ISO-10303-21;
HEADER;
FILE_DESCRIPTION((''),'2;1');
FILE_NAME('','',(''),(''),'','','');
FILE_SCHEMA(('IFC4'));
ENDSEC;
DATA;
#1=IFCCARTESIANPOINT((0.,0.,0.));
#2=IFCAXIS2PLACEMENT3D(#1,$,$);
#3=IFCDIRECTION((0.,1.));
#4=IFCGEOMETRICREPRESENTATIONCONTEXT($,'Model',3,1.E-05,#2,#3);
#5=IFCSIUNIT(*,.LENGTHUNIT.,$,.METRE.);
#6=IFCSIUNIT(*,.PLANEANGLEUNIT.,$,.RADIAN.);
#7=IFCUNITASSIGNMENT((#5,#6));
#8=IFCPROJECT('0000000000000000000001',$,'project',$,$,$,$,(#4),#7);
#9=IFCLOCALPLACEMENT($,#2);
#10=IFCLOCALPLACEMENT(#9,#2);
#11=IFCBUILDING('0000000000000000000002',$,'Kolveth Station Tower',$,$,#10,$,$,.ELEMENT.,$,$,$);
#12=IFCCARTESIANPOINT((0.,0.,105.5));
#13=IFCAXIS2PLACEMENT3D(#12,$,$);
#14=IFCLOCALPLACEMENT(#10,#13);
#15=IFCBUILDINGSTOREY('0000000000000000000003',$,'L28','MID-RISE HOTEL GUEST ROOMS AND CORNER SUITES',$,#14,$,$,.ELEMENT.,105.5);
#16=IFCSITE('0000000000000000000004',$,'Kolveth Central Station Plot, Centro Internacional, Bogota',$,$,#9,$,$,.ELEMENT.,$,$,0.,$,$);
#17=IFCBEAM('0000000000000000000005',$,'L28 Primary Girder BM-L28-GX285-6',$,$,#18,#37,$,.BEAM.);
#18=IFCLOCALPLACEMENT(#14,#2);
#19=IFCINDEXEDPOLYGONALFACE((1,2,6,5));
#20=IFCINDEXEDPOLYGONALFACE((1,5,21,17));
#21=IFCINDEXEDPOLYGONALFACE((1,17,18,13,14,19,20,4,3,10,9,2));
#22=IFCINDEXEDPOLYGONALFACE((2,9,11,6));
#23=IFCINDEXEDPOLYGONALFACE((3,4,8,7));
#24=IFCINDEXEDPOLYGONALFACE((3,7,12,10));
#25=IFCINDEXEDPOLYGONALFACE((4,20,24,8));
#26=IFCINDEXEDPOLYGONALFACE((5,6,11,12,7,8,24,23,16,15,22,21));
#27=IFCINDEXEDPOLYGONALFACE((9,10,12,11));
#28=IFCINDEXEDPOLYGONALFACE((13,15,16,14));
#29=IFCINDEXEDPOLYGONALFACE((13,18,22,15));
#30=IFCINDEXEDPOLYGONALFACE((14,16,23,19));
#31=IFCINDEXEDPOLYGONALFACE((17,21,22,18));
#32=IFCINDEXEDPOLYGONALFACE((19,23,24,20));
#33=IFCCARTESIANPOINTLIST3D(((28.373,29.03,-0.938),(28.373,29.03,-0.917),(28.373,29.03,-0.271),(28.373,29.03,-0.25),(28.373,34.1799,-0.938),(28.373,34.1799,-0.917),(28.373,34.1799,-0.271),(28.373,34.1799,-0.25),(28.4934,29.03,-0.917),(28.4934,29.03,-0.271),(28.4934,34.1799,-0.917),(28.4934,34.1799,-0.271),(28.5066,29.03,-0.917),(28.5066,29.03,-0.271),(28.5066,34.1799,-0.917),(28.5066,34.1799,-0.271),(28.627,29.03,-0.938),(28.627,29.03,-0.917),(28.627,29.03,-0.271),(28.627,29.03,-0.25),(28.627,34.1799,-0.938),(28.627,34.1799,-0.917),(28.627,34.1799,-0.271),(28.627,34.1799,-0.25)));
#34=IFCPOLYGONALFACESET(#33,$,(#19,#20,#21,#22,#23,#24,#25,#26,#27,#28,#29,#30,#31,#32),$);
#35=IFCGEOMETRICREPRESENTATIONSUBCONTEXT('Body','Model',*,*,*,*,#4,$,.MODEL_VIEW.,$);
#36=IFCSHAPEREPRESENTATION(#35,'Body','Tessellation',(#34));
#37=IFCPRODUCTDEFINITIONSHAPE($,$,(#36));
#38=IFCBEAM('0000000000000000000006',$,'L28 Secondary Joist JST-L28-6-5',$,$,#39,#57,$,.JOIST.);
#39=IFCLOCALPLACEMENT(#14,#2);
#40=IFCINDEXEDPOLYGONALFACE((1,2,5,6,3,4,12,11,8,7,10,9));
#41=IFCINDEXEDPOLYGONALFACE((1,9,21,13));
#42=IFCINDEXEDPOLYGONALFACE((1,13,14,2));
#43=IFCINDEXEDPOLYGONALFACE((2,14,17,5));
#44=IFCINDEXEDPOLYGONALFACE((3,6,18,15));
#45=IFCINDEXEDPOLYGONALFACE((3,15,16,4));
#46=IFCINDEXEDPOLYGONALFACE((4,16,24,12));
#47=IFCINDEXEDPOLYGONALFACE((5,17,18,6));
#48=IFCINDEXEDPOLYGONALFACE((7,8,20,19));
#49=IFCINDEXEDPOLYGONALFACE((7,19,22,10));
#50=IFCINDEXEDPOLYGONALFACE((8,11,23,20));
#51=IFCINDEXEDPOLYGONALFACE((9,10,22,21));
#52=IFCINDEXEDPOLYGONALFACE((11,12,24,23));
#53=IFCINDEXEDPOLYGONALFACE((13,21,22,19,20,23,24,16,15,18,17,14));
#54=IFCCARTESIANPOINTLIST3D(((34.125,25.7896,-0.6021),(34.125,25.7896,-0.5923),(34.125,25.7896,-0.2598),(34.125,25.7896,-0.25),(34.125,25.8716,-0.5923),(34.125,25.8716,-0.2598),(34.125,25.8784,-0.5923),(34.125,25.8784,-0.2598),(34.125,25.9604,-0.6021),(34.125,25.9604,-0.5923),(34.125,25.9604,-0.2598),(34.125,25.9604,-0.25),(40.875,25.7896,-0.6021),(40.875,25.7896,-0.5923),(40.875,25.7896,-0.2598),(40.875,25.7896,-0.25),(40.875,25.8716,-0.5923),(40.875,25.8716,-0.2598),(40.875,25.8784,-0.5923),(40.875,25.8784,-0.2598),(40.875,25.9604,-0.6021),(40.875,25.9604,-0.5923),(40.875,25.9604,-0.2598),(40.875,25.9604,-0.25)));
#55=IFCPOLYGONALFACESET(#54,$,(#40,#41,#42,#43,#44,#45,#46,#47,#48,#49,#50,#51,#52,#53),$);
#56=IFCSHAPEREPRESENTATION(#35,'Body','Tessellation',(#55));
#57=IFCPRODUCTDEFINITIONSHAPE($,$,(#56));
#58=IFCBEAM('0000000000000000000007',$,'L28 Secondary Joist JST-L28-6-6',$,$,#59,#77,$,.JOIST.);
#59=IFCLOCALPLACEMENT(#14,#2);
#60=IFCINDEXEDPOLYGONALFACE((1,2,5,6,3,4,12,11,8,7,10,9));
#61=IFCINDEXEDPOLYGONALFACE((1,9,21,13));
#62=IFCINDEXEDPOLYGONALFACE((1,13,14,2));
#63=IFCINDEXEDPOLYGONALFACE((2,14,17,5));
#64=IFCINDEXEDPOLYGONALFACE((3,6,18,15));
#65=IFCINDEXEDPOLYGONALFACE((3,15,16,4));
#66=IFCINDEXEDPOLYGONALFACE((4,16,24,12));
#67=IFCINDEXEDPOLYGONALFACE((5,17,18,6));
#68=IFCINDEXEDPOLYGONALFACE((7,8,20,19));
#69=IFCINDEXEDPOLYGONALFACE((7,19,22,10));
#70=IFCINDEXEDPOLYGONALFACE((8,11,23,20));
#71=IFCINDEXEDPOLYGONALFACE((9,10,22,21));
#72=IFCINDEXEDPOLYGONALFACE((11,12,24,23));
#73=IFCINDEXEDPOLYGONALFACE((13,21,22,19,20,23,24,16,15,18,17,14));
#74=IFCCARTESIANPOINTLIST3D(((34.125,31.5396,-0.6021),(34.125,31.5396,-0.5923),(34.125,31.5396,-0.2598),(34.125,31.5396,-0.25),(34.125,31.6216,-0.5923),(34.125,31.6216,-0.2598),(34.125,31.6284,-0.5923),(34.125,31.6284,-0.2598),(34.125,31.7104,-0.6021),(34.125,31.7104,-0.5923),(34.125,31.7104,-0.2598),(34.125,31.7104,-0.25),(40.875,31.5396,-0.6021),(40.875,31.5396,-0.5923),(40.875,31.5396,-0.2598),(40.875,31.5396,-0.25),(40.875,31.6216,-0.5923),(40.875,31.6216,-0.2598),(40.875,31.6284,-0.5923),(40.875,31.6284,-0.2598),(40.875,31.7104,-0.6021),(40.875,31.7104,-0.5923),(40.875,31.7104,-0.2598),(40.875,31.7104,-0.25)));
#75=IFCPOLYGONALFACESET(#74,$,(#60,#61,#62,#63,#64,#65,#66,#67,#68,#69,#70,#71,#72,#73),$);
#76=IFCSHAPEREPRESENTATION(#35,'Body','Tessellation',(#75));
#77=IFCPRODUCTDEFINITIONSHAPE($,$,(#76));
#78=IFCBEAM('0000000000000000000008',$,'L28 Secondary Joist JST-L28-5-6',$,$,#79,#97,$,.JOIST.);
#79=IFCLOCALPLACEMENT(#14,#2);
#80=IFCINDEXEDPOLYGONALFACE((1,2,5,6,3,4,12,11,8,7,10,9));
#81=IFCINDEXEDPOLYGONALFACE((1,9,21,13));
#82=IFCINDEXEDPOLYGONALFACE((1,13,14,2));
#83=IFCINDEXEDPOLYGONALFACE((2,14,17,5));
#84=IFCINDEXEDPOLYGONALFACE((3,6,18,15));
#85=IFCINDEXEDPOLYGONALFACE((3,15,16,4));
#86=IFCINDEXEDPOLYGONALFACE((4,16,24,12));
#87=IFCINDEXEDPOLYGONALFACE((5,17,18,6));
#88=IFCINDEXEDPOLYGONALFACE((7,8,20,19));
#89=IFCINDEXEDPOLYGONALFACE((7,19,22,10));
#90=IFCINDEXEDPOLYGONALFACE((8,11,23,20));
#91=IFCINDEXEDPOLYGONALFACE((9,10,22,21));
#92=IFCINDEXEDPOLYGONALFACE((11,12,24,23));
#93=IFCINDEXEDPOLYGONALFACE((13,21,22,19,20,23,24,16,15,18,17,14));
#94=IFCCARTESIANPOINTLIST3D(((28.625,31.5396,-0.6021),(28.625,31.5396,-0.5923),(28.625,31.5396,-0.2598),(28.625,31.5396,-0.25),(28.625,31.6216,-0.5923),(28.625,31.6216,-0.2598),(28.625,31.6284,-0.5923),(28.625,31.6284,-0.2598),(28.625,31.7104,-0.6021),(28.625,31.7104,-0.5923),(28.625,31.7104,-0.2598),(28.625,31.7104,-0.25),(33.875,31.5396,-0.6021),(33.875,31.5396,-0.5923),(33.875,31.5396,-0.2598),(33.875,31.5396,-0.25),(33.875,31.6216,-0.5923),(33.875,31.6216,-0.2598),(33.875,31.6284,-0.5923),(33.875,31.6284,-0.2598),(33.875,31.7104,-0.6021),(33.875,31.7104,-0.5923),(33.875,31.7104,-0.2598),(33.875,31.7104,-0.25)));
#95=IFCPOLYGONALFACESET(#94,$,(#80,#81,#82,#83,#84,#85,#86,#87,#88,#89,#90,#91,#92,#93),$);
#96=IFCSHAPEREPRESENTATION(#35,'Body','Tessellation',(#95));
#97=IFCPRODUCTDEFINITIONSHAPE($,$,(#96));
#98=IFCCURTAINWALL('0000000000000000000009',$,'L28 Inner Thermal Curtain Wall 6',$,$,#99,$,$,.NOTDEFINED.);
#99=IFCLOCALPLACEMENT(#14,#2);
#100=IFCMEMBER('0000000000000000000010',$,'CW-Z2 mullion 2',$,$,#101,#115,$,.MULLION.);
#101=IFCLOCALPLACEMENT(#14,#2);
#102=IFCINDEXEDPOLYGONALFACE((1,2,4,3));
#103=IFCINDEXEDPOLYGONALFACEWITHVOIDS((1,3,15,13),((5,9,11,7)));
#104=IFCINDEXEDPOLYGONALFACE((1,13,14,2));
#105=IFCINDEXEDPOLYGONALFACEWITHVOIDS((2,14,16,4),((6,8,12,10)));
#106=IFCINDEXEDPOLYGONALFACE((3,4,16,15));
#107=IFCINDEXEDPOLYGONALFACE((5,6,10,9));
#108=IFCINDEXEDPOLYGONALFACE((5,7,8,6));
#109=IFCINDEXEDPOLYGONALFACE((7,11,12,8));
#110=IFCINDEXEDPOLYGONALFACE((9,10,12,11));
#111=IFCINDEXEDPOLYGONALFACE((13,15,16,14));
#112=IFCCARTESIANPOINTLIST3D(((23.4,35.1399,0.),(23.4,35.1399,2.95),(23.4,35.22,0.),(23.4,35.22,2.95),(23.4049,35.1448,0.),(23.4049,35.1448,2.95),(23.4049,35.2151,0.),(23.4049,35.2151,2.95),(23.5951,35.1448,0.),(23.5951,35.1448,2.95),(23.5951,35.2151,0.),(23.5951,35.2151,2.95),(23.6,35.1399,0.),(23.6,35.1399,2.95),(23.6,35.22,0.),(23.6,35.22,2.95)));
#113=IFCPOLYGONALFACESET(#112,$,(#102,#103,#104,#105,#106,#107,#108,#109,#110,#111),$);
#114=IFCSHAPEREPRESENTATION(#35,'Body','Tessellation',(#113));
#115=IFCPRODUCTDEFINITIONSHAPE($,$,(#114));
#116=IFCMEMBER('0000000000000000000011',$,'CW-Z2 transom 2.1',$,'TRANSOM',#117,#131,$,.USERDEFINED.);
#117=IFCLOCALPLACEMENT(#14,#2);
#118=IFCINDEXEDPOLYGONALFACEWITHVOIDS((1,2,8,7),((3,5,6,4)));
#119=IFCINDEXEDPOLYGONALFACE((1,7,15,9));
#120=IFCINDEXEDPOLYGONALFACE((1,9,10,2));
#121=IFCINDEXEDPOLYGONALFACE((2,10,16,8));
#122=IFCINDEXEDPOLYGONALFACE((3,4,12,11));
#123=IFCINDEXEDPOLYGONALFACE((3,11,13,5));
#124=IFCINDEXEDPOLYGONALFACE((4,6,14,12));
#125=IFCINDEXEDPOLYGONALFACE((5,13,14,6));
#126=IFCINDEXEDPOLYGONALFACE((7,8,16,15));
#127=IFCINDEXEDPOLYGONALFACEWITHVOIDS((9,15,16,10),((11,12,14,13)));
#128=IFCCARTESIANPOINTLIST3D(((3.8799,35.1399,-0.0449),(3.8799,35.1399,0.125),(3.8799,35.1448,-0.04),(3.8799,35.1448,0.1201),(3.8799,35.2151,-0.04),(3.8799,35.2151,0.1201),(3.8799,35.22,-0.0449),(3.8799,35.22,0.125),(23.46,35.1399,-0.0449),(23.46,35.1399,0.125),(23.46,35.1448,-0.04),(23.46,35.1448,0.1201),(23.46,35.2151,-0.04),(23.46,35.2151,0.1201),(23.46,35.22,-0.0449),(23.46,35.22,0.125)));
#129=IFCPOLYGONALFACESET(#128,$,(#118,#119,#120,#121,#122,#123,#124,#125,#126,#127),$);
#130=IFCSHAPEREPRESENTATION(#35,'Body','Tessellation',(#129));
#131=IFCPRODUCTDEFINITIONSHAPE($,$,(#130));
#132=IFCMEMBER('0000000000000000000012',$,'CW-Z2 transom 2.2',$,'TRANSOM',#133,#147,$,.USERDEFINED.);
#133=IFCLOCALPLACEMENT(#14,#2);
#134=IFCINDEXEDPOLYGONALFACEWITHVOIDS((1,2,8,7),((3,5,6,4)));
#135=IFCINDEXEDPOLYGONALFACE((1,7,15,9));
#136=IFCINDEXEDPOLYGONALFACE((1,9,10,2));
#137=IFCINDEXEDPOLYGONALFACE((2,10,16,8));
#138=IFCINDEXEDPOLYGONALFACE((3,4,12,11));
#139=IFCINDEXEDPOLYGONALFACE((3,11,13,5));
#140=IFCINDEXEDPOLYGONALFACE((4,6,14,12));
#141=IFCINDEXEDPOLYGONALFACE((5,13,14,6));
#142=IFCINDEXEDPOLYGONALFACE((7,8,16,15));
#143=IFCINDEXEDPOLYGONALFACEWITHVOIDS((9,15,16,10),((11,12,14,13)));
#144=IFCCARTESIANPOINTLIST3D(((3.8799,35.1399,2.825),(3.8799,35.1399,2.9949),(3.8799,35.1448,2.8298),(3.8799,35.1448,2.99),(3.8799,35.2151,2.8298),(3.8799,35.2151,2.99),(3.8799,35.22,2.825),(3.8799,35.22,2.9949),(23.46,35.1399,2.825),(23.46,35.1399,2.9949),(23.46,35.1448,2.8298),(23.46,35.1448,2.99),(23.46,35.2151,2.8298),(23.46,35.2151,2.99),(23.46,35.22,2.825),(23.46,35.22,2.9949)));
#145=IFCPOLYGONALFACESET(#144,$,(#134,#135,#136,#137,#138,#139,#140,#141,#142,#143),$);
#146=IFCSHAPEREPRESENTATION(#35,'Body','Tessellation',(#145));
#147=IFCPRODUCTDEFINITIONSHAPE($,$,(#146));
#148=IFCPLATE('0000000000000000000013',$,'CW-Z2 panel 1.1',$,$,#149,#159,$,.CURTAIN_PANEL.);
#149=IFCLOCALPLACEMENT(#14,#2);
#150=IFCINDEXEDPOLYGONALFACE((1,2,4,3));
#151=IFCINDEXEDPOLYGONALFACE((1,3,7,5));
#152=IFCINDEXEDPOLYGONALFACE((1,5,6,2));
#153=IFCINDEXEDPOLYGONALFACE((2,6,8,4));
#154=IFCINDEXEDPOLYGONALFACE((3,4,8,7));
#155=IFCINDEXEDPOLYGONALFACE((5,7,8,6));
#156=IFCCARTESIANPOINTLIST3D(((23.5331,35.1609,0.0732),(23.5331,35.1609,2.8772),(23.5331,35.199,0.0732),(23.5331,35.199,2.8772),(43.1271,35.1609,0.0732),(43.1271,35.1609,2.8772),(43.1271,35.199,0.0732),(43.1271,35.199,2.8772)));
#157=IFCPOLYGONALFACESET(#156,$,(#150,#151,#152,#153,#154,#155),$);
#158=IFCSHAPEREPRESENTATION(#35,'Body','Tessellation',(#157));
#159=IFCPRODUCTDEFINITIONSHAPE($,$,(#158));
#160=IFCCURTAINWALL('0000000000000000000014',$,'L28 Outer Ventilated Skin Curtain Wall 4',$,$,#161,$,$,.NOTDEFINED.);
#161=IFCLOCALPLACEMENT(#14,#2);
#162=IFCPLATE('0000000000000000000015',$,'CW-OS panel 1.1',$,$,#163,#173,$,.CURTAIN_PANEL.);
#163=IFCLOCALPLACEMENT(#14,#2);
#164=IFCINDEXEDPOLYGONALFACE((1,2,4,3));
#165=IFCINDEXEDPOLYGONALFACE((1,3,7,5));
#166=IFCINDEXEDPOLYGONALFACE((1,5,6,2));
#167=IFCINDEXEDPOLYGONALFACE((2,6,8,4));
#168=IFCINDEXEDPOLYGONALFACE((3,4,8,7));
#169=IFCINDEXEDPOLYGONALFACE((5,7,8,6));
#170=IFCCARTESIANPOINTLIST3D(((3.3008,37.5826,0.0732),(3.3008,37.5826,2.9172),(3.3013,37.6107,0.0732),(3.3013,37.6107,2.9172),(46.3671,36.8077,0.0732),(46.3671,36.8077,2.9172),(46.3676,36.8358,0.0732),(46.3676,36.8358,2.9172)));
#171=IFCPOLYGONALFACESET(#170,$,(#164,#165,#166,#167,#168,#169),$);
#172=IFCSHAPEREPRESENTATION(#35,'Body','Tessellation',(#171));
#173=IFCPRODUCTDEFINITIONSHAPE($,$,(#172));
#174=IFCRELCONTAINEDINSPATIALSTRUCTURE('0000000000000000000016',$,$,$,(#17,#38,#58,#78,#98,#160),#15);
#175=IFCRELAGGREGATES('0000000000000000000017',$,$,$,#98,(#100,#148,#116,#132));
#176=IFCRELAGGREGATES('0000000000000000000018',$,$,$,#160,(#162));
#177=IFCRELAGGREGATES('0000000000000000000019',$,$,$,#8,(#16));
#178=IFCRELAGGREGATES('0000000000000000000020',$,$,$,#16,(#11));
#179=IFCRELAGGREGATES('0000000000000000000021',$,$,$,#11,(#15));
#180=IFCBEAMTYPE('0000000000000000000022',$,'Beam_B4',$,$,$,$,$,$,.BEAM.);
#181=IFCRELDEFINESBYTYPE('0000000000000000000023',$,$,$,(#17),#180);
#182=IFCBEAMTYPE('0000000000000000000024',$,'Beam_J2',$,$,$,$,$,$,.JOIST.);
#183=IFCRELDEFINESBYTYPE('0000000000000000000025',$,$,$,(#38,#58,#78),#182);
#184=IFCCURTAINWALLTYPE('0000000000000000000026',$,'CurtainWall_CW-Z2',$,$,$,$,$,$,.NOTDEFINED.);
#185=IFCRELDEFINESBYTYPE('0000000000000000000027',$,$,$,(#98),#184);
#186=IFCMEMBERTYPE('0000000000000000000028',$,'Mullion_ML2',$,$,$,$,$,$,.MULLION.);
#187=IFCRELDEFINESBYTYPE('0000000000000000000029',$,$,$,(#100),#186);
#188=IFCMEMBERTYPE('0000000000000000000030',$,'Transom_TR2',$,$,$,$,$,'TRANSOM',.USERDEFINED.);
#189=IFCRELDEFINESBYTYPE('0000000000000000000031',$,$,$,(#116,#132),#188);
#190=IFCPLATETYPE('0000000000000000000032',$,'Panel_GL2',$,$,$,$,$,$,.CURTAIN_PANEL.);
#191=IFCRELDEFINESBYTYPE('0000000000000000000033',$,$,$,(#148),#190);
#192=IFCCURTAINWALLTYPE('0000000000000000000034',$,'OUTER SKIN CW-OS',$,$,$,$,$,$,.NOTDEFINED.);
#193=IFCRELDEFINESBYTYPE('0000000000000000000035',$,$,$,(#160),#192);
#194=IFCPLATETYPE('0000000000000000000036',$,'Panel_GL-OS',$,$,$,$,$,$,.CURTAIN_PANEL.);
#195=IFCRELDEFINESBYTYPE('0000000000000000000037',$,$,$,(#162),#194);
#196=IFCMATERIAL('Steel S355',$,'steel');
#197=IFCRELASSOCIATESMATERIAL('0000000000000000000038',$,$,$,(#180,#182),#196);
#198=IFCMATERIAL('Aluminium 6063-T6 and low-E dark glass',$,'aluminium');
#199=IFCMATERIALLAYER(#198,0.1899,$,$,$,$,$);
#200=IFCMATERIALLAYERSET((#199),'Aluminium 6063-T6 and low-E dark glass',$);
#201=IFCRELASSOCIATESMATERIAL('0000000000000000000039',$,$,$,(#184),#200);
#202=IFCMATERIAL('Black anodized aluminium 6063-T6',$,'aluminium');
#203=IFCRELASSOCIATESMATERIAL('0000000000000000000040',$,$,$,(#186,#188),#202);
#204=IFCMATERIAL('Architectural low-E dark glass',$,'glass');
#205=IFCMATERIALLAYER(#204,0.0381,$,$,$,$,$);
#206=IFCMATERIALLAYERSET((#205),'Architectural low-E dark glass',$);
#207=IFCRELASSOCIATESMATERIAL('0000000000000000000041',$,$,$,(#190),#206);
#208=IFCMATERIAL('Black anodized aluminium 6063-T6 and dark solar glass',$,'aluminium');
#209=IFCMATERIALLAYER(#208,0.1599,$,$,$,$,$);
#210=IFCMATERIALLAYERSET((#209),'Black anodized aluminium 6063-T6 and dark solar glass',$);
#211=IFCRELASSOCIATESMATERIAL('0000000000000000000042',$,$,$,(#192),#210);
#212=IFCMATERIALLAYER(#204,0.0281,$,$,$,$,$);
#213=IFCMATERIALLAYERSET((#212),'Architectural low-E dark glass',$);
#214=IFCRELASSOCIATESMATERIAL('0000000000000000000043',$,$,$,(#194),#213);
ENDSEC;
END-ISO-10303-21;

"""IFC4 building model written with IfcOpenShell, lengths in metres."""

from ifc_helpers import new_model, si_unit, direction, frame, origin, origin_2d, place, context, subcontext, project, spatial, rectangle, hollow_rectangle, i_section, extrude, source, transform, mapped, material, layer, layer_set, material_profile, profile_set, type_object, element, aggregate, save


model = new_model("IFC4")

# Units and contexts
model_context = context("Model", 3, precision=1e-05, world=origin(), true_north=direction((0.0, 1.0)))
body_context = subcontext(model_context, "Body", "Model", "MODEL_VIEW")
ifc_project = project(units=[si_unit("LENGTHUNIT", "METRE"), si_unit("PLANEANGLEUNIT", "RADIAN")], contexts=[model_context])

# Site, building, storey
site_placement = place(None, origin())
site = spatial("IfcSite", under=ifc_project, at=site_placement, Name="Kolveth Central Station Plot, Centro Internacional, Bogota", CompositionType="ELEMENT", RefElevation=0.0)
building_placement = place(site_placement, origin())
building = spatial("IfcBuilding", under=site, at=building_placement, Name="Kolveth Station Tower", CompositionType="ELEMENT")
storey_placement = place(building_placement, frame((0.0, 0.0, 105.5)))
storey = spatial("IfcBuildingStorey", under=building, at=storey_placement, Name="L28", Description="MID-RISE HOTEL GUEST ROOMS AND CORNER SUITES", CompositionType="ELEMENT", Elevation=105.5)

# Shared definitions
ifc_material_1 = material(Name="Steel S355", Category="steel")

# Beams
ifc_material_profile_1 = material_profile(ifc_material_1, i_section(OverallWidth=0.2539, OverallDepth=0.688, WebThickness=0.0132, FlangeThickness=0.021, at=origin_2d()), Name="W690x152")
ifc_profile_set_1 = profile_set([ifc_material_profile_1], Name="Steel S355")
beam_type_1 = type_object("IfcBeamType", Name="Beam_B4", PredefinedType="BEAM", material=ifc_profile_set_1)
shared_shape_1 = source(origin(), body_context, "Body", "SweptSolid", [
    extrude(i_section(OverallWidth=0.2539, OverallDepth=0.688, WebThickness=0.0132, FlangeThickness=0.021, at=origin_2d()), origin(), (0.0, 0.0, 1.0), 5.1499),
])
beam_1_placement = place(storey_placement, frame((28.5, 29.03, -0.594), z_axis=(0.0, 1.0, 0.0), x_axis=(-1.0, 0.0, 0.0)))
element("IfcBeam", 1, at=beam_1_placement, inside=storey, type_object=beam_type_1, Name="L28 Primary Girder BM-L28-GX285-6", PredefinedType="BEAM", context=body_context, shape_type="MappedRepresentation", body=[
    mapped(shared_shape_1, transform((0.0, 0.0, 0.0), x_axis=(1.0, 0.0, 0.0), y_axis=(0.0, 1.0, 0.0), z_axis=(0.0, 0.0, 1.0), scale=1.0)),
])
ifc_material_profile_2 = material_profile(ifc_material_1, i_section(OverallWidth=0.1709, OverallDepth=0.3521, WebThickness=0.0068, FlangeThickness=0.0098, at=origin_2d()), Name="W360x44")
ifc_profile_set_2 = profile_set([ifc_material_profile_2], Name="Steel S355")
beam_type_2 = type_object("IfcBeamType", Name="Beam_J2", PredefinedType="JOIST", material=ifc_profile_set_2)
shared_shape_2 = source(origin(), body_context, "Body", "SweptSolid", [
    extrude(i_section(OverallWidth=0.1709, OverallDepth=0.3521, WebThickness=0.0068, FlangeThickness=0.0098, at=origin_2d()), origin(), (0.0, 0.0, 1.0), 6.75),
])
for number, where, z_axis, x_axis, name in (
    (2, (34.125, 25.875, -0.426), (1.0, 0.0, 0.0), (0.0, 1.0, 0.0), "L28 Secondary Joist JST-L28-6-5"),
    (3, (34.125, 31.625, -0.426), (1.0, 0.0, 0.0), (0.0, 1.0, 0.0), "L28 Secondary Joist JST-L28-6-6"),
):
    element("IfcBeam", number, at=place(storey_placement, frame(where, z_axis=z_axis, x_axis=x_axis)), inside=storey, type_object=beam_type_2, Name=name, PredefinedType="JOIST", context=body_context, shape_type="MappedRepresentation", body=[
        mapped(shared_shape_2, transform((0.0, 0.0, 0.0), x_axis=(1.0, 0.0, 0.0), y_axis=(0.0, 1.0, 0.0), z_axis=(0.0, 0.0, 1.0), scale=1.0)),
    ])
shared_shape_3 = source(origin(), body_context, "Body", "SweptSolid", [
    extrude(i_section(OverallWidth=0.1709, OverallDepth=0.3521, WebThickness=0.0068, FlangeThickness=0.0098, at=origin_2d()), origin(), (0.0, 0.0, 1.0), 5.25),
])
beam_2_placement = place(storey_placement, frame((28.625, 31.625, -0.426), z_axis=(1.0, 0.0, 0.0), x_axis=(0.0, 1.0, 0.0)))
element("IfcBeam", 4, at=beam_2_placement, inside=storey, type_object=beam_type_2, Name="L28 Secondary Joist JST-L28-5-6", PredefinedType="JOIST", context=body_context, shape_type="MappedRepresentation", body=[
    mapped(shared_shape_3, transform((0.0, 0.0, 0.0), x_axis=(1.0, 0.0, 0.0), y_axis=(0.0, 1.0, 0.0), z_axis=(0.0, 0.0, 1.0), scale=1.0)),
])

# Curtain wall, members, plate
ifc_material_2 = material(Name="Aluminium 6063-T6 and low-E dark glass", Category="aluminium")
ifc_layer_1 = layer(ifc_material_2, 0.1899)
ifc_layer_set_1 = layer_set([ifc_layer_1], Name="Aluminium 6063-T6 and low-E dark glass")
curtain_wall_type_1 = type_object("IfcCurtainWallType", Name="CurtainWall_CW-Z2", PredefinedType="NOTDEFINED", material=ifc_layer_set_1)
curtain_wall_1_placement = place(storey_placement, origin())
curtain_wall_1 = element("IfcCurtainWall", 5, at=curtain_wall_1_placement, inside=storey, type_object=curtain_wall_type_1, Name="L28 Inner Thermal Curtain Wall 6", PredefinedType="NOTDEFINED")
ifc_material_3 = material(Name="Black anodized aluminium 6063-T6", Category="aluminium")
ifc_material_profile_3 = material_profile(ifc_material_3, hollow_rectangle(XDim=0.0801, YDim=0.2, WallThickness=0.0049, at=origin_2d()), Name="ALU-80x200x5")
ifc_profile_set_3 = profile_set([ifc_material_profile_3], Name="Black anodized aluminium 6063-T6")
member_type_1 = type_object("IfcMemberType", Name="Mullion_ML2", PredefinedType="MULLION", material=ifc_profile_set_3)
shared_shape_4 = source(origin(), body_context, "Body", "SweptSolid", [
    extrude(hollow_rectangle(XDim=0.0801, YDim=0.2, WallThickness=0.0049, at=origin_2d()), origin(), (0.0, 0.0, 1.0), 2.95),
])
member_1_placement = place(storey_placement, frame((23.5, 35.1799, 0.0), z_axis=(0.0, 0.0, 1.0), x_axis=(0.0, -1.0, 0.0)))
member_1 = element("IfcMember", 6, at=member_1_placement, type_object=member_type_1, Name="CW-Z2 mullion 2", PredefinedType="MULLION", context=body_context, shape_type="MappedRepresentation", body=[
    mapped(shared_shape_4, transform((0.0, 0.0, 0.0), x_axis=(1.0, 0.0, 0.0), y_axis=(0.0, 1.0, 0.0), z_axis=(0.0, 0.0, 1.0), scale=1.0)),
])
ifc_material_profile_4 = material_profile(ifc_material_3, hollow_rectangle(XDim=0.0801, YDim=0.1699, WallThickness=0.0049, at=origin_2d()), Name="ALU-80x170x5")
ifc_profile_set_4 = profile_set([ifc_material_profile_4], Name="Black anodized aluminium 6063-T6")
member_type_2 = type_object("IfcMemberType", Name="Transom_TR2", ElementType="TRANSOM", PredefinedType="USERDEFINED", material=ifc_profile_set_4)
shared_shape_5 = source(origin(), body_context, "Body", "SweptSolid", [
    extrude(hollow_rectangle(XDim=0.0801, YDim=0.1699, WallThickness=0.0049, at=origin_2d()), origin(), (0.0, 0.0, 1.0), 19.5801),
])
member_2_placement = place(storey_placement, frame((23.46, 35.1799, 0.04), z_axis=(-1.0, 0.0, 0.0), x_axis=(0.0, -1.0, 0.0)))
member_2 = element("IfcMember", 7, at=member_2_placement, type_object=member_type_2, Name="CW-Z2 transom 2.1", ObjectType="TRANSOM", PredefinedType="USERDEFINED", context=body_context, shape_type="MappedRepresentation", body=[
    mapped(shared_shape_5, transform((0.0, 0.0, 0.0), x_axis=(1.0, 0.0, 0.0), y_axis=(0.0, 1.0, 0.0), z_axis=(0.0, 0.0, 1.0), scale=1.0)),
])
member_3_placement = place(storey_placement, frame((23.46, 35.1799, 2.9099), z_axis=(-1.0, 0.0, 0.0), x_axis=(0.0, -1.0, 0.0)))
member_3 = element("IfcMember", 8, at=member_3_placement, type_object=member_type_2, Name="CW-Z2 transom 2.2", ObjectType="TRANSOM", PredefinedType="USERDEFINED", context=body_context, shape_type="MappedRepresentation", body=[
    mapped(shared_shape_5, transform((0.0, 0.0, 0.0), x_axis=(1.0, 0.0, 0.0), y_axis=(0.0, 1.0, 0.0), z_axis=(0.0, 0.0, 1.0), scale=1.0)),
])
ifc_material_4 = material(Name="Architectural low-E dark glass", Category="glass")
ifc_layer_2 = layer(ifc_material_4, 0.0381)
ifc_layer_set_2 = layer_set([ifc_layer_2], Name="Architectural low-E dark glass")
plate_type_1 = type_object("IfcPlateType", Name="Panel_GL2", PredefinedType="CURTAIN_PANEL", material=ifc_layer_set_2)
shared_shape_6 = source(origin(), body_context, "Body", "SweptSolid", [
    extrude(rectangle(XDim=19.594, YDim=0.0381, at=origin_2d()), origin(), (0.0, 0.0, 1.0), 2.804),
])
plate_1_placement = place(storey_placement, frame((33.3301, 35.1799, 0.0732), z_axis=(0.0, 0.0, 1.0), x_axis=(-1.0, 0.0, 0.0)))
plate_1 = element("IfcPlate", 9, at=plate_1_placement, type_object=plate_type_1, Name="CW-Z2 panel 1.1", PredefinedType="CURTAIN_PANEL", context=body_context, shape_type="MappedRepresentation", body=[
    mapped(shared_shape_6, transform((0.0, 0.0, 0.0), x_axis=(1.0, 0.0, 0.0), y_axis=(0.0, 1.0, 0.0), z_axis=(0.0, 0.0, 1.0), scale=1.0)),
])
aggregate(curtain_wall_1, [member_1, plate_1, member_2, member_3])

# Curtain wall, plate
ifc_material_5 = material(Name="Black anodized aluminium 6063-T6 and dark solar glass", Category="aluminium")
ifc_layer_3 = layer(ifc_material_5, 0.1599)
ifc_layer_set_3 = layer_set([ifc_layer_3], Name="Black anodized aluminium 6063-T6 and dark solar glass")
curtain_wall_type_2 = type_object("IfcCurtainWallType", Name="OUTER SKIN CW-OS", PredefinedType="NOTDEFINED", material=ifc_layer_set_3)
curtain_wall_2_placement = place(storey_placement, origin())
curtain_wall_2 = element("IfcCurtainWall", 10, at=curtain_wall_2_placement, inside=storey, type_object=curtain_wall_type_2, Name="L28 Outer Ventilated Skin Curtain Wall 4", PredefinedType="NOTDEFINED")
ifc_layer_4 = layer(ifc_material_4, 0.0281)
ifc_layer_set_4 = layer_set([ifc_layer_4], Name="Architectural low-E dark glass")
plate_type_2 = type_object("IfcPlateType", Name="Panel_GL-OS", PredefinedType="CURTAIN_PANEL", material=ifc_layer_set_4)
shared_shape_7 = source(origin(), body_context, "Body", "SweptSolid", [
    extrude(rectangle(XDim=43.0732, YDim=0.0281, at=origin_2d()), origin(), (0.0, 0.0, 1.0), 2.844),
])
plate_2_placement = place(storey_placement, frame((24.8342, 37.2092, 0.0732), z_axis=(0.0, 0.0, 1.0), x_axis=(-0.999838, 0.017991, 0.0)))
plate_2 = element("IfcPlate", 11, at=plate_2_placement, type_object=plate_type_2, Name="CW-OS panel 1.1", PredefinedType="CURTAIN_PANEL", context=body_context, shape_type="MappedRepresentation", body=[
    mapped(shared_shape_7, transform((0.0, 0.0, 0.0), x_axis=(1.0, 0.0, 0.0), y_axis=(0.0, 1.0, 0.0), z_axis=(0.0, 0.0, 1.0), scale=1.0)),
])
aggregate(curtain_wall_2, [plate_2])

save(model, "model.ifc")
